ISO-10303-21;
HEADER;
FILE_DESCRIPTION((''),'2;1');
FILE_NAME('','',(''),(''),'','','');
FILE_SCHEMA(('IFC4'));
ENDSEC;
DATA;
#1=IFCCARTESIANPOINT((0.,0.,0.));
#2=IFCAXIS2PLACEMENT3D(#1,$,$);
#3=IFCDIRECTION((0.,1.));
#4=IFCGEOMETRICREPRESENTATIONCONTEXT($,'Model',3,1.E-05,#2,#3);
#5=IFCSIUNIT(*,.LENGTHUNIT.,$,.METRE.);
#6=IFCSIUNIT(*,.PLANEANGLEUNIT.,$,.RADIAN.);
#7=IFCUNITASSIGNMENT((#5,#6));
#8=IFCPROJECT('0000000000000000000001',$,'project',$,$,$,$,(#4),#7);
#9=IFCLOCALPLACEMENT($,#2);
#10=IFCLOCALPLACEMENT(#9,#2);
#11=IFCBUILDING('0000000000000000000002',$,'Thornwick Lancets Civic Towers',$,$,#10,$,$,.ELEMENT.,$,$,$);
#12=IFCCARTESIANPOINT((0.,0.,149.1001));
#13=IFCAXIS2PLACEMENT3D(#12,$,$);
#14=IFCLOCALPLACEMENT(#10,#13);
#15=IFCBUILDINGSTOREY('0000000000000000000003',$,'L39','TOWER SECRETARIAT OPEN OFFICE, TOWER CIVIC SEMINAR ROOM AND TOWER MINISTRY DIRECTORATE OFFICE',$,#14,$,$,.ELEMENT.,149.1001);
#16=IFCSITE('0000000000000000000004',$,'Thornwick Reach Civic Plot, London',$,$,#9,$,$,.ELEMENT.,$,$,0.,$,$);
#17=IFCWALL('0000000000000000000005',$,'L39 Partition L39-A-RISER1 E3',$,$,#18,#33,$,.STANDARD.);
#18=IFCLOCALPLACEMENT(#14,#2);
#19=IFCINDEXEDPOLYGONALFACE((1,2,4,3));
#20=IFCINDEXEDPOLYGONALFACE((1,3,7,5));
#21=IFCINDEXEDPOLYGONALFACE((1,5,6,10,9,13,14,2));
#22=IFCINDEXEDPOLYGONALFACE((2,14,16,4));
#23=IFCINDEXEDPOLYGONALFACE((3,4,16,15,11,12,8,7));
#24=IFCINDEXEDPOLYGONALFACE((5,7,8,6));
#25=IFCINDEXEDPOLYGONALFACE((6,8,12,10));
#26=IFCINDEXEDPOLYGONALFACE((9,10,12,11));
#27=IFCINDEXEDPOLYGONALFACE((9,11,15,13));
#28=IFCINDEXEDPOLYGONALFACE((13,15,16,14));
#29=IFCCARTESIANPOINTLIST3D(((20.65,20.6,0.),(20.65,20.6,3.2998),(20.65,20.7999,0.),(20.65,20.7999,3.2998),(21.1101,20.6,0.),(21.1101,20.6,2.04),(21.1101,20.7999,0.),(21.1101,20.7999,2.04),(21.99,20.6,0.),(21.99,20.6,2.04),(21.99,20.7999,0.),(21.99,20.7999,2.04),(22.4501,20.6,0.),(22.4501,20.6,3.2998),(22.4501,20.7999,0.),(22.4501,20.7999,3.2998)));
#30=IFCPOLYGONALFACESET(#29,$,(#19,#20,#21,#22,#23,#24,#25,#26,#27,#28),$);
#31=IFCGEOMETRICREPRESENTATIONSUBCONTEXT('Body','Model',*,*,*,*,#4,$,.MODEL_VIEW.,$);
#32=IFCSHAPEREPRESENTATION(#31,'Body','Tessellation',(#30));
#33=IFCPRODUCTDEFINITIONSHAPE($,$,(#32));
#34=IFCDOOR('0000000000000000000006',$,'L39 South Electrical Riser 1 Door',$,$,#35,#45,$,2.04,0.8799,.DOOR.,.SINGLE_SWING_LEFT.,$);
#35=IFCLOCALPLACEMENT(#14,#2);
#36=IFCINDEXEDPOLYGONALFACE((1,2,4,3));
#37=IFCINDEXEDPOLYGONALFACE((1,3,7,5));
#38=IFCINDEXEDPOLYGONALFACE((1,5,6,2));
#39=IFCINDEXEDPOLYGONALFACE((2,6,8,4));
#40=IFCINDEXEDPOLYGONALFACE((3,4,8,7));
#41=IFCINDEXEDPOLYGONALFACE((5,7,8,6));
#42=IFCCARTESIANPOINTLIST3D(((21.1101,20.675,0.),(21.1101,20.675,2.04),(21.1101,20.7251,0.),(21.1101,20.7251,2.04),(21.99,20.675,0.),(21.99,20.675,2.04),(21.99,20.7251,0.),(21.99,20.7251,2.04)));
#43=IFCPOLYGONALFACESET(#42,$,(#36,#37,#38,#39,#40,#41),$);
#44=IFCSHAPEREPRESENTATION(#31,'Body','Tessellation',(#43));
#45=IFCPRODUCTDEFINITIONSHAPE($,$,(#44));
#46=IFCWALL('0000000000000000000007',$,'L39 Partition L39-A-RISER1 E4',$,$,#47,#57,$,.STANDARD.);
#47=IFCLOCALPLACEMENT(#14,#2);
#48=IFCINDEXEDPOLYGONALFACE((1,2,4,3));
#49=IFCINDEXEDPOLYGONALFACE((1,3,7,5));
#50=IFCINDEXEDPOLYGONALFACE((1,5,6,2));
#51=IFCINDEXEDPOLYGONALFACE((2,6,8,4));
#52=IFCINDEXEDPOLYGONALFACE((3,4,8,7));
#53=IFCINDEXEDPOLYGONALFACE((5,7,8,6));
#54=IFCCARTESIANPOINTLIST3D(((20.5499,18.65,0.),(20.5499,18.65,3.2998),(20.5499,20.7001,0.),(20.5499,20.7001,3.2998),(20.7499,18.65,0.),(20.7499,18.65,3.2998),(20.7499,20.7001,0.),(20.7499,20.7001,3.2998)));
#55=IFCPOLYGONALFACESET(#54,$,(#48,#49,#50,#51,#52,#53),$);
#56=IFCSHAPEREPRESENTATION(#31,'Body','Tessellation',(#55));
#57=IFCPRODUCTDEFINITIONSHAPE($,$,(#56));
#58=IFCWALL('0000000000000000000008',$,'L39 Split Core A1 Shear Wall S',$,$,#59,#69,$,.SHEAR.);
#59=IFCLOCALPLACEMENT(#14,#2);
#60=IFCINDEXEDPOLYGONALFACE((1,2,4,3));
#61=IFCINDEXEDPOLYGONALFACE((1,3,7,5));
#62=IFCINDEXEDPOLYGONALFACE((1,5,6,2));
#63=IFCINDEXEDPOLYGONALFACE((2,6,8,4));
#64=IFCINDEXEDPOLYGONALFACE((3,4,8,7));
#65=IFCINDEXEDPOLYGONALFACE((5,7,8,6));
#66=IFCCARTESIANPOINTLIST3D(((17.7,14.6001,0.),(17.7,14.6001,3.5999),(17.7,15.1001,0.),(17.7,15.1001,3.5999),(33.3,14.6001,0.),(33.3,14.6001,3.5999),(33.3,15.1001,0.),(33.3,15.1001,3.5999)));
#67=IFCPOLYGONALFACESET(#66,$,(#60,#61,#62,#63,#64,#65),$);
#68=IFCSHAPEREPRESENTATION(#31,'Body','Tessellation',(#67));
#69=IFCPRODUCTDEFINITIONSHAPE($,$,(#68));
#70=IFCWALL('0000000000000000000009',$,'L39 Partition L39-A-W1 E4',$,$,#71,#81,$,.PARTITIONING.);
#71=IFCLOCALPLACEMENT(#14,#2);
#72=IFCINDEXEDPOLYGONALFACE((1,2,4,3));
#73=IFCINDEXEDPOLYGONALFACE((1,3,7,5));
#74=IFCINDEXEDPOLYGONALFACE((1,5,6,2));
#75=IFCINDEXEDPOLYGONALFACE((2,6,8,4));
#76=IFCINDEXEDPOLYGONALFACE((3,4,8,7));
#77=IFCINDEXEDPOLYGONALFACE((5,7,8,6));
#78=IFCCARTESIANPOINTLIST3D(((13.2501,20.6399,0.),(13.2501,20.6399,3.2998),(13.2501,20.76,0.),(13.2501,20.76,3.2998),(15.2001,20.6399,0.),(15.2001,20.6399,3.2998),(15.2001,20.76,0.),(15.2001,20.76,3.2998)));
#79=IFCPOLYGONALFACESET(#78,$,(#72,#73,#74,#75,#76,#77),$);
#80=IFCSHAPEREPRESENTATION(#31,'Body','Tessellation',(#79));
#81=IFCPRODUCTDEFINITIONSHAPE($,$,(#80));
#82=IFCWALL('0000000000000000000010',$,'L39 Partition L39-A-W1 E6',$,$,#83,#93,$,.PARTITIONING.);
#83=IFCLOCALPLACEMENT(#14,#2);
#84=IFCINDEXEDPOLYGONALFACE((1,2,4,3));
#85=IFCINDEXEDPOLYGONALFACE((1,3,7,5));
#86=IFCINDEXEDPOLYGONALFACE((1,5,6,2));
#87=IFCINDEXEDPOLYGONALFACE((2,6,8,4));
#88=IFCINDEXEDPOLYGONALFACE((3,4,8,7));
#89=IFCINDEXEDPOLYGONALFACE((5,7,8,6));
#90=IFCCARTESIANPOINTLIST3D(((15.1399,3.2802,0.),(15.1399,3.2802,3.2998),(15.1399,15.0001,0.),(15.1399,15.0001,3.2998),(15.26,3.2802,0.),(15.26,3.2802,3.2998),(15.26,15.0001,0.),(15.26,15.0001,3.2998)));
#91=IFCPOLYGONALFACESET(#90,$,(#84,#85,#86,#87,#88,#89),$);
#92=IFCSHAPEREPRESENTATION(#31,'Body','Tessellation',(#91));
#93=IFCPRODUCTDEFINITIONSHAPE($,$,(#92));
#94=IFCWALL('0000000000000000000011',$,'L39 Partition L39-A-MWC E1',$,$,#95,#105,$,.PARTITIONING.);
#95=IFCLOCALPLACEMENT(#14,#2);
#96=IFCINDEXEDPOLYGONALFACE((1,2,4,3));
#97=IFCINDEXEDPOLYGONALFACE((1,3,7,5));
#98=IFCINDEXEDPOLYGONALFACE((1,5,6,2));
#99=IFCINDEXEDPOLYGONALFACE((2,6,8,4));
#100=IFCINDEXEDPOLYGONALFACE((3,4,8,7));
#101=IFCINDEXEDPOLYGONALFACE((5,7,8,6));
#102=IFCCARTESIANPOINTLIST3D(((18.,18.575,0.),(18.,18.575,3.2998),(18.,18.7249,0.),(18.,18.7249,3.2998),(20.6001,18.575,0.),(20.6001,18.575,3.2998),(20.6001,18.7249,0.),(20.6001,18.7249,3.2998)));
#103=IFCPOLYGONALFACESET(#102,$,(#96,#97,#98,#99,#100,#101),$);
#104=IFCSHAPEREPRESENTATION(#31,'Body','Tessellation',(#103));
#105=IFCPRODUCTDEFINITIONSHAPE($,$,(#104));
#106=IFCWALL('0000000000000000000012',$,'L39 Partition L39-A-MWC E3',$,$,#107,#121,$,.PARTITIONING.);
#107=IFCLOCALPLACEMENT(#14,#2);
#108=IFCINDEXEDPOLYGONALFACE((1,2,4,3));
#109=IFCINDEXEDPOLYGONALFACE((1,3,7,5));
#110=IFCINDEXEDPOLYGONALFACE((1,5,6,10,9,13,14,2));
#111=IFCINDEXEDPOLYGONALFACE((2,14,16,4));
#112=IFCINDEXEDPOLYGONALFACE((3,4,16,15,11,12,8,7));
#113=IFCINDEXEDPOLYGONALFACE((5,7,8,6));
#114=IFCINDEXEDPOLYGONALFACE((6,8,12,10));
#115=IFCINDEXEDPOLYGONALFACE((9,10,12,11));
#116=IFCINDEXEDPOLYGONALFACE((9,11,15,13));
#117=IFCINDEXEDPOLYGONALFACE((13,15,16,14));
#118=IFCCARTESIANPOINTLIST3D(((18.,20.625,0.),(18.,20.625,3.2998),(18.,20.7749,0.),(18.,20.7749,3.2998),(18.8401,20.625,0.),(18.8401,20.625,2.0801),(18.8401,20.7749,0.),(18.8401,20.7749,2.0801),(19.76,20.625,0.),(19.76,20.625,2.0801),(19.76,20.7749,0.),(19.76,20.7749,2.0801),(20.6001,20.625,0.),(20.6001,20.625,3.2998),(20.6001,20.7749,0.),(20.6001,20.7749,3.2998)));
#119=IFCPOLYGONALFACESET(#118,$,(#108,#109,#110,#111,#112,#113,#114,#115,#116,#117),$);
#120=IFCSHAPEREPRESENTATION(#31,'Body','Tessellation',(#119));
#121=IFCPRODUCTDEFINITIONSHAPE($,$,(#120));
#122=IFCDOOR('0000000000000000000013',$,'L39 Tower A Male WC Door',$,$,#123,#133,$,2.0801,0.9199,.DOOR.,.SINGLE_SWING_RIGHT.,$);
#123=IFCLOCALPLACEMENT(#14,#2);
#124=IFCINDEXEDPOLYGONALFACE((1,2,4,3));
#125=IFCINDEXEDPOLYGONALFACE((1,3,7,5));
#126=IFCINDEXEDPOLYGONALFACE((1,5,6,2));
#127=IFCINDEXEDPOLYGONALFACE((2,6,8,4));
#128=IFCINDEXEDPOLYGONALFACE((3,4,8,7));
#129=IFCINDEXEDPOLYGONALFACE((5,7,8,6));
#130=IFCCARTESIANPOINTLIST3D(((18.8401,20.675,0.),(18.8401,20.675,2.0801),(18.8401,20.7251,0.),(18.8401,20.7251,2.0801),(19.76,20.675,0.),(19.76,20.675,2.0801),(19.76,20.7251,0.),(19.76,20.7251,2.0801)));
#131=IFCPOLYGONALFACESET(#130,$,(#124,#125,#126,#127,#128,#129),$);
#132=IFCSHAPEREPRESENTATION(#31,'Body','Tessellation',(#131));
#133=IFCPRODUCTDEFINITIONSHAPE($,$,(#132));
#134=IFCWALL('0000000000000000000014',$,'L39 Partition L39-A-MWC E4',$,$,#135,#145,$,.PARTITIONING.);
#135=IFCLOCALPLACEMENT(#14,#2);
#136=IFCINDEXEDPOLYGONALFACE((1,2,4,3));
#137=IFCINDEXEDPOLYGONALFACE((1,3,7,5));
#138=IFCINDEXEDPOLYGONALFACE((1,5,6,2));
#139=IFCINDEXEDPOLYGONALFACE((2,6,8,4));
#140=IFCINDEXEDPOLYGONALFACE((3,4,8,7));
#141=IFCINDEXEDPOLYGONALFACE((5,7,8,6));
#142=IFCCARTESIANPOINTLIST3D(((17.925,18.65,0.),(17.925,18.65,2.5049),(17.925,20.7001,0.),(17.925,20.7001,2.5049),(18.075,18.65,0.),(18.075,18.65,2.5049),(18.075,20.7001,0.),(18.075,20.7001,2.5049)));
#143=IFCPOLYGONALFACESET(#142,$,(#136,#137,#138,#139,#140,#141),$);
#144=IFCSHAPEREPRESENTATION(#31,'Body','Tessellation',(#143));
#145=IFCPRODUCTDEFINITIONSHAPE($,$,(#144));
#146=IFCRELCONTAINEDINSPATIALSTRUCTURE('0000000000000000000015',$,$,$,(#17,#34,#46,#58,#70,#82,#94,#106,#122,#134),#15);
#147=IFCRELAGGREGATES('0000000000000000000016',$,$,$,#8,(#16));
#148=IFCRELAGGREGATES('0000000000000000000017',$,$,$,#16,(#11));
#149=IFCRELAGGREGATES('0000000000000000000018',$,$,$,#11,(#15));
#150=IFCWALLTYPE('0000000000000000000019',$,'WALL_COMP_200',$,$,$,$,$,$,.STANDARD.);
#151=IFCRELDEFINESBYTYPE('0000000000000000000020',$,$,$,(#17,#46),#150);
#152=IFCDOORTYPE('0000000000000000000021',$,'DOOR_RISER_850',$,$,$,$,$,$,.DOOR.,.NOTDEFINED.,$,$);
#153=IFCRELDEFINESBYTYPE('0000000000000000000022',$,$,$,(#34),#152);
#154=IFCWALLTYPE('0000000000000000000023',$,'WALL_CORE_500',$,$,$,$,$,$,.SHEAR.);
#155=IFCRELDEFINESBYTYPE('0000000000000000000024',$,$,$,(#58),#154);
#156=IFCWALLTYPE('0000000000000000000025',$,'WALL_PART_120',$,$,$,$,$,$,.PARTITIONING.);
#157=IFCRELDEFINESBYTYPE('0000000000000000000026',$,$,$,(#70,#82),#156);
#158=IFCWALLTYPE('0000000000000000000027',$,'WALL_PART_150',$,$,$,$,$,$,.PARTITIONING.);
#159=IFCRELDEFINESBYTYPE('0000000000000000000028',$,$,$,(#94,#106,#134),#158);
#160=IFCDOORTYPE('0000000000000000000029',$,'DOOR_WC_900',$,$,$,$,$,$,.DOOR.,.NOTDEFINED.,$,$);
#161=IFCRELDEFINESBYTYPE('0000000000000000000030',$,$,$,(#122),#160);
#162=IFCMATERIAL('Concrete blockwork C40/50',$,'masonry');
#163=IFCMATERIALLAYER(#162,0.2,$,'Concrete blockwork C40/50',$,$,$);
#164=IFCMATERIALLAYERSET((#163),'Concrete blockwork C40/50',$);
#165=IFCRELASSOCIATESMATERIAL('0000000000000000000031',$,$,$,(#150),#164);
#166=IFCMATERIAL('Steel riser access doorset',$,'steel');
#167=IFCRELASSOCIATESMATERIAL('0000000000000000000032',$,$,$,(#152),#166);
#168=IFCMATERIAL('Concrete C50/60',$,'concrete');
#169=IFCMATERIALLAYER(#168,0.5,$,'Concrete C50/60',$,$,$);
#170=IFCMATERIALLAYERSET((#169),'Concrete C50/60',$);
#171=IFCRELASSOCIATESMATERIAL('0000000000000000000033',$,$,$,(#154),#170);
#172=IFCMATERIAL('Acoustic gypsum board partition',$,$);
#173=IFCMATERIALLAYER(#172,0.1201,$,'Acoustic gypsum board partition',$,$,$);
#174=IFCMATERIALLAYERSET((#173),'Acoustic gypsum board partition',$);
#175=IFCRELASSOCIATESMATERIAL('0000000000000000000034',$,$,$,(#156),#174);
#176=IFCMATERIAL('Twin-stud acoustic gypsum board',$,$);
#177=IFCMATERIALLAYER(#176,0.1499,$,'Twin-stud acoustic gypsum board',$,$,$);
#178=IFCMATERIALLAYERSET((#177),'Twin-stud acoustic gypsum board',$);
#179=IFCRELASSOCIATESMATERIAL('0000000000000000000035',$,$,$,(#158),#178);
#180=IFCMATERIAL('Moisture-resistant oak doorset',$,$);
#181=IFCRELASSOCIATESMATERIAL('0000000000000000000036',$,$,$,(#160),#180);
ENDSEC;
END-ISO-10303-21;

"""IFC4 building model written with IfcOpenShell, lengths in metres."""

from ifc_helpers import new_model, si_unit, direction, frame, frame_2d, origin, place, context, subcontext, project, spatial, rectangle, extrude, material, layer, layer_set, type_object, element, fill, save


model = new_model("IFC4")

# Units and contexts
model_context = context("Model", 3, precision=1e-05, world=origin(), true_north=direction((0.0, 1.0)))
body_context = subcontext(model_context, "Body", "Model", "MODEL_VIEW")
ifc_project = project(units=[si_unit("LENGTHUNIT", "METRE"), si_unit("PLANEANGLEUNIT", "RADIAN")], contexts=[model_context])

# Site, building, storey
site_placement = place(None, origin())
site = spatial("IfcSite", under=ifc_project, at=site_placement, Name="Thornwick Reach Civic Plot, London", CompositionType="ELEMENT", RefElevation=0.0)
building_placement = place(site_placement, origin())
building = spatial("IfcBuilding", under=site, at=building_placement, Name="Thornwick Lancets Civic Towers", CompositionType="ELEMENT")
storey_placement = place(building_placement, frame((0.0, 0.0, 149.1001)))
storey = spatial("IfcBuildingStorey", under=building, at=storey_placement, Name="L39", Description="TOWER SECRETARIAT OPEN OFFICE, TOWER CIVIC SEMINAR ROOM AND TOWER MINISTRY DIRECTORATE OFFICE", CompositionType="ELEMENT", Elevation=149.1001)

# Shared definitions
ifc_material_1 = material(Name="Concrete C50/60", Category="concrete")

# Shared definitions
ifc_material_2 = material(Name="Concrete blockwork C40/50", Category="masonry")
ifc_layer_1 = layer(ifc_material_2, 0.2, Name="Concrete blockwork C40/50")
ifc_layer_set_1 = layer_set([ifc_layer_1], Name="Concrete blockwork C40/50")
wall_type_1 = type_object("IfcWallType", Name="WALL_COMP_200", PredefinedType="STANDARD", material=ifc_layer_set_1)

# Wall, opening, door
wall_1_placement = place(storey_placement, frame((22.45, 20.7, 0.0), z_axis=(0.0, 0.0, 1.0), x_axis=(-1.0, 0.0, 0.0)))
wall_1 = element("IfcWall", 1, at=wall_1_placement, inside=storey, type_object=wall_type_1, Name="L39 Partition L39-A-RISER1 E3", PredefinedType="STANDARD", context=body_context, shape_type="SweptSolid", body=[
    extrude(rectangle(XDim=1.8, YDim=0.2, at=frame_2d((0.8999, 0.0))), origin(), (0.0, 0.0, 1.0), 3.2998),
])
opening_1_placement = place(wall_1_placement, frame((0.46, 0.0, 0.0)))
opening_1 = element("IfcOpeningElement", 2, at=opening_1_placement, cuts=wall_1, PredefinedType="OPENING", context=body_context, shape_type="SweptSolid", body=[
    extrude(rectangle(XDim=0.8799, YDim=2.04, at=frame_2d((0.4399, 1.02))), frame((0.0, 0.1099, 0.0), z_axis=(0.0, -1.0, 0.0), x_axis=(1.0, 0.0, 0.0)), (0.0, 0.0, 1.0), 0.22),
])
ifc_material_3 = material(Name="Steel riser access doorset", Category="steel")
door_type_1 = type_object("IfcDoorType", Name="DOOR_RISER_850", OperationType="NOTDEFINED", PredefinedType="DOOR", material=ifc_material_3)
door_1_placement = place(opening_1_placement, origin())
door_1 = element("IfcDoor", 3, at=door_1_placement, inside=storey, type_object=door_type_1, Name="L39 South Electrical Riser 1 Door", OperationType="SINGLE_SWING_LEFT", OverallHeight=2.04, OverallWidth=0.8799, PredefinedType="DOOR", context=body_context, shape_type="SweptSolid", body=[
    extrude(rectangle(XDim=0.8799, YDim=2.04, at=frame_2d((0.4399, 1.02))), frame((0.0, 0.0249, 0.0), z_axis=(0.0, -1.0, 0.0), x_axis=(1.0, 0.0, 0.0)), (0.0, 0.0, 1.0), 0.05),
])
fill(opening_1, door_1)

# Walls
wall_2_placement = place(storey_placement, frame((20.6499, 20.7, 0.0), z_axis=(0.0, 0.0, 1.0), x_axis=(0.0, -1.0, 0.0)))
element("IfcWall", 4, at=wall_2_placement, inside=storey, type_object=wall_type_1, Name="L39 Partition L39-A-RISER1 E4", PredefinedType="STANDARD", context=body_context, shape_type="SweptSolid", body=[
    extrude(rectangle(XDim=2.05, YDim=0.2, at=frame_2d((1.0249, 0.0))), origin(), (0.0, 0.0, 1.0), 3.2998),
])
ifc_layer_2 = layer(ifc_material_1, 0.5, Name="Concrete C50/60")
ifc_layer_set_2 = layer_set([ifc_layer_2], Name="Concrete C50/60")
wall_type_2 = type_object("IfcWallType", Name="WALL_CORE_500", PredefinedType="SHEAR", material=ifc_layer_set_2)
wall_3_placement = place(storey_placement, frame((17.7, 14.8501, 0.0), z_axis=(0.0, 0.0, 1.0), x_axis=(1.0, 0.0, 0.0)))
element("IfcWall", 5, at=wall_3_placement, inside=storey, type_object=wall_type_2, Name="L39 Split Core A1 Shear Wall S", PredefinedType="SHEAR", context=body_context, shape_type="SweptSolid", body=[
    extrude(rectangle(XDim=15.6001, YDim=0.5, at=frame_2d((7.8, 0.0))), origin(), (0.0, 0.0, 1.0), 3.5999),
])
ifc_material_4 = material(Name="Acoustic gypsum board partition")
ifc_layer_3 = layer(ifc_material_4, 0.1201, Name="Acoustic gypsum board partition")
ifc_layer_set_3 = layer_set([ifc_layer_3], Name="Acoustic gypsum board partition")
wall_type_3 = type_object("IfcWallType", Name="WALL_PART_120", PredefinedType="PARTITIONING", material=ifc_layer_set_3)
wall_4_placement = place(storey_placement, frame((13.25, 20.7, 0.0), z_axis=(0.0, 0.0, 1.0), x_axis=(1.0, 0.0, 0.0)))
element("IfcWall", 6, at=wall_4_placement, inside=storey, type_object=wall_type_3, Name="L39 Partition L39-A-W1 E4", PredefinedType="PARTITIONING", context=body_context, shape_type="SweptSolid", body=[
    extrude(rectangle(XDim=1.95, YDim=0.1201, at=frame_2d((0.9751, 0.0))), origin(), (0.0, 0.0, 1.0), 3.2998),
])
wall_5_placement = place(storey_placement, frame((15.2, 15.0, 0.0), z_axis=(0.0, 0.0, 1.0), x_axis=(0.0, -1.0, 0.0)))
element("IfcWall", 7, at=wall_5_placement, inside=storey, type_object=wall_type_3, Name="L39 Partition L39-A-W1 E6", PredefinedType="PARTITIONING", context=body_context, shape_type="SweptSolid", body=[
    extrude(rectangle(XDim=11.72, YDim=0.1201, at=frame_2d((5.8599, 0.0))), origin(), (0.0, 0.0, 1.0), 3.2998),
])
ifc_material_5 = material(Name="Twin-stud acoustic gypsum board")
ifc_layer_4 = layer(ifc_material_5, 0.1499, Name="Twin-stud acoustic gypsum board")
ifc_layer_set_4 = layer_set([ifc_layer_4], Name="Twin-stud acoustic gypsum board")
wall_type_4 = type_object("IfcWallType", Name="WALL_PART_150", PredefinedType="PARTITIONING", material=ifc_layer_set_4)
wall_6_placement = place(storey_placement, frame((18.0, 18.6499, 0.0), z_axis=(0.0, 0.0, 1.0), x_axis=(1.0, 0.0, 0.0)))
element("IfcWall", 8, at=wall_6_placement, inside=storey, type_object=wall_type_4, Name="L39 Partition L39-A-MWC E1", PredefinedType="PARTITIONING", context=body_context, shape_type="SweptSolid", body=[
    extrude(rectangle(XDim=2.6001, YDim=0.1499, at=frame_2d((1.3, 0.0))), origin(), (0.0, 0.0, 1.0), 3.2998),
])

# Wall, opening, door
wall_7_placement = place(storey_placement, frame((20.6001, 20.7, 0.0), z_axis=(0.0, 0.0, 1.0), x_axis=(-1.0, 0.0, 0.0)))
wall_7 = element("IfcWall", 9, at=wall_7_placement, inside=storey, type_object=wall_type_4, Name="L39 Partition L39-A-MWC E3", PredefinedType="PARTITIONING", context=body_context, shape_type="SweptSolid", body=[
    extrude(rectangle(XDim=2.6001, YDim=0.1499, at=frame_2d((1.3, 0.0))), origin(), (0.0, 0.0, 1.0), 3.2998),
])
opening_2_placement = place(wall_7_placement, frame((0.8401, 0.0, 0.0)))
opening_2 = element("IfcOpeningElement", 10, at=opening_2_placement, cuts=wall_7, PredefinedType="OPENING", context=body_context, shape_type="SweptSolid", body=[
    extrude(rectangle(XDim=0.9199, YDim=2.0801, at=frame_2d((0.46, 1.04))), frame((0.0, 0.085, 0.0), z_axis=(0.0, -1.0, 0.0), x_axis=(1.0, 0.0, 0.0)), (0.0, 0.0, 1.0), 0.1699),
])
ifc_material_6 = material(Name="Moisture-resistant oak doorset")
door_type_2 = type_object("IfcDoorType", Name="DOOR_WC_900", OperationType="NOTDEFINED", PredefinedType="DOOR", material=ifc_material_6)
door_2_placement = place(opening_2_placement, origin())
door_2 = element("IfcDoor", 11, at=door_2_placement, inside=storey, type_object=door_type_2, Name="L39 Tower A Male WC Door", OperationType="SINGLE_SWING_RIGHT", OverallHeight=2.0801, OverallWidth=0.9199, PredefinedType="DOOR", context=body_context, shape_type="SweptSolid", body=[
    extrude(rectangle(XDim=0.9199, YDim=2.0801, at=frame_2d((0.46, 1.04))), frame((0.0, 0.0249, 0.0), z_axis=(0.0, -1.0, 0.0), x_axis=(1.0, 0.0, 0.0)), (0.0, 0.0, 1.0), 0.05),
])
fill(opening_2, door_2)

# Wall
wall_8_placement = place(storey_placement, frame((18.0, 20.7, 0.0), z_axis=(0.0, 0.0, 1.0), x_axis=(0.0, -1.0, 0.0)))
element("IfcWall", 12, at=wall_8_placement, inside=storey, type_object=wall_type_4, Name="L39 Partition L39-A-MWC E4", PredefinedType="PARTITIONING", context=body_context, shape_type="SweptSolid", body=[
    extrude(rectangle(XDim=2.05, YDim=0.1499, at=frame_2d((1.0249, 0.0))), origin(), (0.0, 0.0, 1.0), 2.5049),
])

save(model, "model.ifc")
